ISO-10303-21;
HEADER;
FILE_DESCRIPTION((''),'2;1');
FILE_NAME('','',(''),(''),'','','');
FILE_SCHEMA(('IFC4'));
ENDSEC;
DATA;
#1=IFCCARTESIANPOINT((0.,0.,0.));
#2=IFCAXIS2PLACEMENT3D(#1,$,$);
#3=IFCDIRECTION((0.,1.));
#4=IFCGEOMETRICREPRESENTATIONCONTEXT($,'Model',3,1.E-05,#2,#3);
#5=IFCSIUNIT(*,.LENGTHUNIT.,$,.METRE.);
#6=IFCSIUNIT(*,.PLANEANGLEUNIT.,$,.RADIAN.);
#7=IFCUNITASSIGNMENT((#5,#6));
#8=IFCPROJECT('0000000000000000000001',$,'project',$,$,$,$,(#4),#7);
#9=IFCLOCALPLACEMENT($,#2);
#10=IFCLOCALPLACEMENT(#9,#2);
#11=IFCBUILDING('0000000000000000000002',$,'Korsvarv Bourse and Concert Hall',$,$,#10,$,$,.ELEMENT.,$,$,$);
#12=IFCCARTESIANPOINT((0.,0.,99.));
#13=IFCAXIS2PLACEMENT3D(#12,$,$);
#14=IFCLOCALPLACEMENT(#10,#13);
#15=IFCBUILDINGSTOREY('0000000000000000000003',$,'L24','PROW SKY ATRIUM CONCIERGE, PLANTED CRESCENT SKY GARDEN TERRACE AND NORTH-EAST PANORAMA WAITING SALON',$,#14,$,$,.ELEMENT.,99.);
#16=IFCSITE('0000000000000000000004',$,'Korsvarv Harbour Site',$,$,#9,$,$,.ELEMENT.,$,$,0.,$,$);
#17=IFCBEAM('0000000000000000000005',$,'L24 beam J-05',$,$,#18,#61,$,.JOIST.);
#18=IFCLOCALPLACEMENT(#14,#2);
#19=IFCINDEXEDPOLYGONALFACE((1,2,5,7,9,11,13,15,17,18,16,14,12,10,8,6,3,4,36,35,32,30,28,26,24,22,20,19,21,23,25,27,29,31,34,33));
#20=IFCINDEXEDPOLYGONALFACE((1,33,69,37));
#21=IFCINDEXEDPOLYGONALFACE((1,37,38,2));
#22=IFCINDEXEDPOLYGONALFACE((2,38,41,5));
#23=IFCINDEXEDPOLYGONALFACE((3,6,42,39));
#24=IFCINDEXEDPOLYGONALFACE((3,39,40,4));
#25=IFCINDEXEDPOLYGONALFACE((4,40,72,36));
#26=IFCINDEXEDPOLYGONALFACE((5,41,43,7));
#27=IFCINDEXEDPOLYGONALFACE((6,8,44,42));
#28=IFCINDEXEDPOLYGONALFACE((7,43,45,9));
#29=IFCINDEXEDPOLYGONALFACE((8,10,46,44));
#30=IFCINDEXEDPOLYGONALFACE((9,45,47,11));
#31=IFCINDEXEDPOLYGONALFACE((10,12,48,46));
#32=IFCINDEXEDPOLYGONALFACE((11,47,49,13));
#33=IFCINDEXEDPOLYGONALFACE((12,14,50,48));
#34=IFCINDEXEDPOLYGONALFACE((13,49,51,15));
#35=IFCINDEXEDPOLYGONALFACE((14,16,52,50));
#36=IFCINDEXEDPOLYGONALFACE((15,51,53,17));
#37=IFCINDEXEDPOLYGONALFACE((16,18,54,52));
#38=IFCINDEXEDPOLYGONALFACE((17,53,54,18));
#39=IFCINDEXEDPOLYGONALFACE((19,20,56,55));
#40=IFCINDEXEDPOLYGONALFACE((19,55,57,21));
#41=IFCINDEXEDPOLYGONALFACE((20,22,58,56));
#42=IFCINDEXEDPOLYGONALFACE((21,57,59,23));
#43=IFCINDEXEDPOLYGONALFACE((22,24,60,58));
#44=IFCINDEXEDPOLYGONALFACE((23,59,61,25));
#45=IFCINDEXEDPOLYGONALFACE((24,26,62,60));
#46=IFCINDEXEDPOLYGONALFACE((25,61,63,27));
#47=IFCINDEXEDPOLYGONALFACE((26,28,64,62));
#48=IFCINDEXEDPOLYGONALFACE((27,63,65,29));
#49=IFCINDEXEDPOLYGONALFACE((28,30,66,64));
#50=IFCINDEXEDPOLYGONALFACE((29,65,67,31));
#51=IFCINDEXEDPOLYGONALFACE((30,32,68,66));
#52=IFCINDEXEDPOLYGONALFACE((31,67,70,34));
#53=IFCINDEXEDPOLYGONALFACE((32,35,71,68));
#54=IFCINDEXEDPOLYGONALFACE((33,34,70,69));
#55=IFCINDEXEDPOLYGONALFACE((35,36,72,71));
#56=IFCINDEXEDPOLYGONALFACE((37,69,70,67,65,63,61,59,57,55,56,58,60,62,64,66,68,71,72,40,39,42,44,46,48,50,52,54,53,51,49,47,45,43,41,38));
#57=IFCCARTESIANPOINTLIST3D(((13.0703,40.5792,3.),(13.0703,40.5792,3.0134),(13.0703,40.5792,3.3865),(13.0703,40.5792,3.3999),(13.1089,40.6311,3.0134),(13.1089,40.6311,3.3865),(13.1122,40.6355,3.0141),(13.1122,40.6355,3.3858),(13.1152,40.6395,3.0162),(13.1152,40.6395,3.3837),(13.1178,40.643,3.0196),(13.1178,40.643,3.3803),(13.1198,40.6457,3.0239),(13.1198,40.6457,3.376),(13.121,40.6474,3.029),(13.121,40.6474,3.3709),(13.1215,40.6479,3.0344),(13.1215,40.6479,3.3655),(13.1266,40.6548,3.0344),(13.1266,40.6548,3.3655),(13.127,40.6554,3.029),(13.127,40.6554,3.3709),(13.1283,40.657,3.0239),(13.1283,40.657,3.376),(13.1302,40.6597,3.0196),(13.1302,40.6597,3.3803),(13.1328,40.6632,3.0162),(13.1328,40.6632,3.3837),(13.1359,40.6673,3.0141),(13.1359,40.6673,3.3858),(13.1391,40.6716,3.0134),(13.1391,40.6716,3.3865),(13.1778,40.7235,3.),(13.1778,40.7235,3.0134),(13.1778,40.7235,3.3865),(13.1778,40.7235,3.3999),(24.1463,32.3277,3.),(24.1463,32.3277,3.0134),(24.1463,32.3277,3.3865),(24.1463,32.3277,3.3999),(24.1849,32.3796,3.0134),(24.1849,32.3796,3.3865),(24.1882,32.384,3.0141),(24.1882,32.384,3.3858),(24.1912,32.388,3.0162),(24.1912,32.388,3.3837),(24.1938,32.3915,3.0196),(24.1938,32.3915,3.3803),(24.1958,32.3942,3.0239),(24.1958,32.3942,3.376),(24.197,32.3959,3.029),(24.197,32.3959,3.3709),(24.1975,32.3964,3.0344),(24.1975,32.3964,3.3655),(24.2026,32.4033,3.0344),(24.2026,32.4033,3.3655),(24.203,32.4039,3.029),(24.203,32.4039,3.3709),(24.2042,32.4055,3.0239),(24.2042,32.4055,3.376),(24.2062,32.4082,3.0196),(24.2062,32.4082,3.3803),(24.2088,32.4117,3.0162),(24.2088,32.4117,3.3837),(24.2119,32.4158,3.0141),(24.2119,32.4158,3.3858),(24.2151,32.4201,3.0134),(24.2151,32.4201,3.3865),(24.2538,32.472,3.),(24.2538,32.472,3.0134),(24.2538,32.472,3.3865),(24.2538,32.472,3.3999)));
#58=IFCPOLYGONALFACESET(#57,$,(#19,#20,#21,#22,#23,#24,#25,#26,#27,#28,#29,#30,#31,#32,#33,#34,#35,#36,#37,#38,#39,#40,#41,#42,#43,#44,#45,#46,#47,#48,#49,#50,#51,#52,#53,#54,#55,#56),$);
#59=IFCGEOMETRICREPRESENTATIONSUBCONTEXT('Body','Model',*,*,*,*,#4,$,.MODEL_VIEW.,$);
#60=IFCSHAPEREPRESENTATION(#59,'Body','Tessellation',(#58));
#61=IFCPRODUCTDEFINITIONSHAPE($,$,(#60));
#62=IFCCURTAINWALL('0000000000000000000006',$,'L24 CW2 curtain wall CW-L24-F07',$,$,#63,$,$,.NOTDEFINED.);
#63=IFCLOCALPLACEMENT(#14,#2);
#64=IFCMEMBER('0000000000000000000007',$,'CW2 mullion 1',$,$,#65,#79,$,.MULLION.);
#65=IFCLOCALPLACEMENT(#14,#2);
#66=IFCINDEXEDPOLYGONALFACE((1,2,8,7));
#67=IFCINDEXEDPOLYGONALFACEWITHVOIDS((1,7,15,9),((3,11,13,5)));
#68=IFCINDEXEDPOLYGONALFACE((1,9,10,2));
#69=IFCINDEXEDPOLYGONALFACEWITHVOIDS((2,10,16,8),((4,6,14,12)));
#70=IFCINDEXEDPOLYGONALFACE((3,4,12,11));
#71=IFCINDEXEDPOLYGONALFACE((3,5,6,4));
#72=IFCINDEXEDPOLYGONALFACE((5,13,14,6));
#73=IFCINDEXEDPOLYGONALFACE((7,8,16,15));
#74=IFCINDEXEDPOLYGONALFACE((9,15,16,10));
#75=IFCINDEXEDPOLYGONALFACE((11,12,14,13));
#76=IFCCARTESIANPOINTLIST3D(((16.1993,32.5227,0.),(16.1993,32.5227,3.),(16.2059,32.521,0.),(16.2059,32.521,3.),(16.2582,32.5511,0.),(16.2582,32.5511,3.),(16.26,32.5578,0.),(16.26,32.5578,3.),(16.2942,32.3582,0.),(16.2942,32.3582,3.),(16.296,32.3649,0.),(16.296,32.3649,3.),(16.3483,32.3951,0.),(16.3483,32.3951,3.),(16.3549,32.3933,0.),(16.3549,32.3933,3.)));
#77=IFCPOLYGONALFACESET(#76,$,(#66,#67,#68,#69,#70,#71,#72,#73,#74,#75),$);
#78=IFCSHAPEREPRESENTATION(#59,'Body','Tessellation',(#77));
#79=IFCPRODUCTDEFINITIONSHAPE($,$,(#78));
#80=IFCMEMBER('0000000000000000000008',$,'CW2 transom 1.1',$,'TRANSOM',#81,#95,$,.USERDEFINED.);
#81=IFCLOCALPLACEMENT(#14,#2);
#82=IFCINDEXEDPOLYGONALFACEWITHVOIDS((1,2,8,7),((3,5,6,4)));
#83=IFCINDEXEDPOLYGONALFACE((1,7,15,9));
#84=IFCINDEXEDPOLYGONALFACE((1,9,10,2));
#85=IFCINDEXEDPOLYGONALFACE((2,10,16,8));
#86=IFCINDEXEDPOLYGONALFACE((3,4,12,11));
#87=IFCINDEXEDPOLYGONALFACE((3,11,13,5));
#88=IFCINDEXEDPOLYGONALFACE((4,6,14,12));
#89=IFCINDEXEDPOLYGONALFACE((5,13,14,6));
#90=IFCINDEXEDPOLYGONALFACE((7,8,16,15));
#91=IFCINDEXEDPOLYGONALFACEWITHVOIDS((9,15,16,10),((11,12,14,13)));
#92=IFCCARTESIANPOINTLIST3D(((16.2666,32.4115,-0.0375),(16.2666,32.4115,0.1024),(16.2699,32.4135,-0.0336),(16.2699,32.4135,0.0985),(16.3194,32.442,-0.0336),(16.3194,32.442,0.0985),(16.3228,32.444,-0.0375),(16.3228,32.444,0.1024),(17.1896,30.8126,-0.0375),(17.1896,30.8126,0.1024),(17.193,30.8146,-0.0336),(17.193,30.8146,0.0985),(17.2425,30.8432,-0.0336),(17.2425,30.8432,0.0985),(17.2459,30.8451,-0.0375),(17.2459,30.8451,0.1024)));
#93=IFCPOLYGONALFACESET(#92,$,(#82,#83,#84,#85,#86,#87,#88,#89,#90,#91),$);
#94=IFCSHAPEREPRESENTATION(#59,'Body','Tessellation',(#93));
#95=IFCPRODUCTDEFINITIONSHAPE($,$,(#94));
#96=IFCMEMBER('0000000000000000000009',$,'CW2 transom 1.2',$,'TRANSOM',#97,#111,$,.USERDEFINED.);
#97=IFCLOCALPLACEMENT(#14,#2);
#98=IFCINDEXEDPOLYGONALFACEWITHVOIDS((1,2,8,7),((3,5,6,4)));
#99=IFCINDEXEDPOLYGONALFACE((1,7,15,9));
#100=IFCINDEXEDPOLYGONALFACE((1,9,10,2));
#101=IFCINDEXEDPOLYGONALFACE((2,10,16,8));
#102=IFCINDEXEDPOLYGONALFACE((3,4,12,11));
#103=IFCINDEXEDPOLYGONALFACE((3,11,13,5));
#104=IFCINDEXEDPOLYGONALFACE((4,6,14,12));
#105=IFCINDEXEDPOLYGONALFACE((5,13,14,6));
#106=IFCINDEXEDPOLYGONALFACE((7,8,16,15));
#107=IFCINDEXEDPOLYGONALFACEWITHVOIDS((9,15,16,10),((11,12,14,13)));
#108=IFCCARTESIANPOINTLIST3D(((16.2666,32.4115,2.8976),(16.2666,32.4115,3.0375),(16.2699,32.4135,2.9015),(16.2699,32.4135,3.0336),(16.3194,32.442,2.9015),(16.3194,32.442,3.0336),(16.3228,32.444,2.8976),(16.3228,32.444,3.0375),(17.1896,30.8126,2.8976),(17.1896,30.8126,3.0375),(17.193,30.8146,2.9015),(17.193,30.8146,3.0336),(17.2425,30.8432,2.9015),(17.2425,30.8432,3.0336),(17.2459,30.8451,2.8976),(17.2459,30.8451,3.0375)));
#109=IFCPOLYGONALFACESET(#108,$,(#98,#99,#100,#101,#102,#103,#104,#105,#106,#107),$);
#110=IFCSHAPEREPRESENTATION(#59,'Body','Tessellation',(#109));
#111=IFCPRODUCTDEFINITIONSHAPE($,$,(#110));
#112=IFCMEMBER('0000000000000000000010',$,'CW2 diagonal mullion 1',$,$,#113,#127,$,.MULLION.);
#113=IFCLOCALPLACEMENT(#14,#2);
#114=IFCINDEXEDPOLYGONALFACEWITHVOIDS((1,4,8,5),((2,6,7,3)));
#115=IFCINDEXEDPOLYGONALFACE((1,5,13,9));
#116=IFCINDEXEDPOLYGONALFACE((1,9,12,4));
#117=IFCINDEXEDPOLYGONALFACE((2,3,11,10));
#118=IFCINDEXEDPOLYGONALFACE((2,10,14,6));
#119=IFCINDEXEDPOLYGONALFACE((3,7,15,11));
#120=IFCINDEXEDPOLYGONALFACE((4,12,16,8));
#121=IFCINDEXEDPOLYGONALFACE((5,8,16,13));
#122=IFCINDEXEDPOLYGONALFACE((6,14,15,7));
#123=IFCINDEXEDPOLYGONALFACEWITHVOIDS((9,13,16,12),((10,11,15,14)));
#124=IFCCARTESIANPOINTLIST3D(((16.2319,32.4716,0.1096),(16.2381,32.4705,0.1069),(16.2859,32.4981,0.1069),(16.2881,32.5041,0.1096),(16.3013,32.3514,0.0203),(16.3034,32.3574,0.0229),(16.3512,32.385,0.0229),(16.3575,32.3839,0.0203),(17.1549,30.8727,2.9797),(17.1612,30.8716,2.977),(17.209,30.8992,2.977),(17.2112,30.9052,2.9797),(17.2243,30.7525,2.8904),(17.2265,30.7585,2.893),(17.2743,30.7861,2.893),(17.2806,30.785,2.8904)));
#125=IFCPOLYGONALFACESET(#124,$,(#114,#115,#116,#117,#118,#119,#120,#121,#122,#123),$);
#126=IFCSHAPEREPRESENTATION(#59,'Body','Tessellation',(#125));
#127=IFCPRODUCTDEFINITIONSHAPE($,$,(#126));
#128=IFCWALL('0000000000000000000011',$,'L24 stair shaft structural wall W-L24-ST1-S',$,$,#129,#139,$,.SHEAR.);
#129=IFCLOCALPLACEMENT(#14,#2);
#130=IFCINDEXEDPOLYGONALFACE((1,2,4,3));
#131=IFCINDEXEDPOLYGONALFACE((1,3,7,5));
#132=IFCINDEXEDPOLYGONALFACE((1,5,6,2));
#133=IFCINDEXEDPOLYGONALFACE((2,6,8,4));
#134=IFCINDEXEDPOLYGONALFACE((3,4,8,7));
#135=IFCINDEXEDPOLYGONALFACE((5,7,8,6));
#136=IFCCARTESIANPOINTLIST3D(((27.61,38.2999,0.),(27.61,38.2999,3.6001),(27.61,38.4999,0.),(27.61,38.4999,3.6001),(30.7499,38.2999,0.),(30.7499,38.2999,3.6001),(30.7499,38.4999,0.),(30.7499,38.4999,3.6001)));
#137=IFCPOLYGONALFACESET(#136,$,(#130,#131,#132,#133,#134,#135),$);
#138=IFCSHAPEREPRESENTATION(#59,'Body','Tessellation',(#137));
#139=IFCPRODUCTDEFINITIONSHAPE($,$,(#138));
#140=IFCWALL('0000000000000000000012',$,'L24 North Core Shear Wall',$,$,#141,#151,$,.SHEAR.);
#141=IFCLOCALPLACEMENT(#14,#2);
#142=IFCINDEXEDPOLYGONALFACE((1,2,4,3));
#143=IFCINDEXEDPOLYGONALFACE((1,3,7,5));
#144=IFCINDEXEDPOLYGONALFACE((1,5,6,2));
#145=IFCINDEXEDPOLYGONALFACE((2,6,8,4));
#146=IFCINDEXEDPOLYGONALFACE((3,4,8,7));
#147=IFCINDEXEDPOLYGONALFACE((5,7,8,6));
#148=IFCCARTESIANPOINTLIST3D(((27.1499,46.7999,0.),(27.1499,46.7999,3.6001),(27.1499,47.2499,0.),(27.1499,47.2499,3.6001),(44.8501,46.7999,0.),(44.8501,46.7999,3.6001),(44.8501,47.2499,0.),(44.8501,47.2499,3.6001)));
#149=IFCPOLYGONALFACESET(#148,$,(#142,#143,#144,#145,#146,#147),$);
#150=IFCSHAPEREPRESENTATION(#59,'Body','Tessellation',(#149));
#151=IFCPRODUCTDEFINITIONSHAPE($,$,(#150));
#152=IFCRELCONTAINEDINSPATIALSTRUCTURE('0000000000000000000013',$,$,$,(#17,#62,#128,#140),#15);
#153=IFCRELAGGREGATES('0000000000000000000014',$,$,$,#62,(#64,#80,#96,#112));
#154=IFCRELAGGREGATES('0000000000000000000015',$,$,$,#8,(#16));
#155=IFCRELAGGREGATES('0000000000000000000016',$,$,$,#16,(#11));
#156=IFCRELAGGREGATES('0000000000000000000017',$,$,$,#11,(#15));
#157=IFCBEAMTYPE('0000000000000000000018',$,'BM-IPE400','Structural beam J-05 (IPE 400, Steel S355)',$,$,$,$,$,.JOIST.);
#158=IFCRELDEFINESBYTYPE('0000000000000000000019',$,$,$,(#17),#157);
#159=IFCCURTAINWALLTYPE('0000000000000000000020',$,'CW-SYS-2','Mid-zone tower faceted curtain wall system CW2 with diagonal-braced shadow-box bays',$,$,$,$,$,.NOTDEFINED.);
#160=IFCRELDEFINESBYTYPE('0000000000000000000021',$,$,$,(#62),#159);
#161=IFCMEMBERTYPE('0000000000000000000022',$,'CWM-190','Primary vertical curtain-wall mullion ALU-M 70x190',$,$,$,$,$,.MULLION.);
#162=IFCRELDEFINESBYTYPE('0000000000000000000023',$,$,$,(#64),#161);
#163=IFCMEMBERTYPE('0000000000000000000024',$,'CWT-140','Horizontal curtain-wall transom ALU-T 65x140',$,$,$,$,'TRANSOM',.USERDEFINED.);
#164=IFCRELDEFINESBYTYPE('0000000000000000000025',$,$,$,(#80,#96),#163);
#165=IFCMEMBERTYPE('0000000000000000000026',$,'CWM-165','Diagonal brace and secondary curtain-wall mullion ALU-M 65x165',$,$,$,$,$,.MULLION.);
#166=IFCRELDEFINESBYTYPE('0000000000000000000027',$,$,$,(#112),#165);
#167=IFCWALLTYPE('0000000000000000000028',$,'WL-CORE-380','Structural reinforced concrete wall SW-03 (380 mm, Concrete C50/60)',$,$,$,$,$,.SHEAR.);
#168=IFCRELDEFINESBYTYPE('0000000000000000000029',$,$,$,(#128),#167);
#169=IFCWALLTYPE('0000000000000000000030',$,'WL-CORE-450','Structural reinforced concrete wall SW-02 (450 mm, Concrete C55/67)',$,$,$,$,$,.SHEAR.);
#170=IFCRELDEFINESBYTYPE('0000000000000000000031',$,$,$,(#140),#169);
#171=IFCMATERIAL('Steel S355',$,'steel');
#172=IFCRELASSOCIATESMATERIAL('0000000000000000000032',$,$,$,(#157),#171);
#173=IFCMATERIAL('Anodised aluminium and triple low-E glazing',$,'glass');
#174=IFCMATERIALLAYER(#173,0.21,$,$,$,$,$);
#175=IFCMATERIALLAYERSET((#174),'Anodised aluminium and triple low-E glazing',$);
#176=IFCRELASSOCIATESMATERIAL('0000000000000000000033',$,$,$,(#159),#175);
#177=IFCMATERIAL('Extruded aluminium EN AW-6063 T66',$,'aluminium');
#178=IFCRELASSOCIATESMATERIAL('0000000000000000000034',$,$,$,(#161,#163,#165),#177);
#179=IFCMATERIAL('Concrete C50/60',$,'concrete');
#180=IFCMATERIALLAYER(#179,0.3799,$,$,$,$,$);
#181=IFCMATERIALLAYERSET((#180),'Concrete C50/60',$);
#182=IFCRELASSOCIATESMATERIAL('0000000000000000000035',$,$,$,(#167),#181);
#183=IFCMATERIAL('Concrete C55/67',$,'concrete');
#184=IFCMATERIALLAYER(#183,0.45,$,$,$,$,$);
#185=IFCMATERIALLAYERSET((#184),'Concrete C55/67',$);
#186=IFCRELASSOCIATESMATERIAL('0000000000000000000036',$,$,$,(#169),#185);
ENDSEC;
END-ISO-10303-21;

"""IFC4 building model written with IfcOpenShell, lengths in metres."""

from ifc_helpers import new_model, si_unit, direction, frame, frame_2d, origin, origin_2d, place, context, subcontext, project, spatial, rectangle, hollow_rectangle, i_section, extrude, source, transform, mapped, material, layer, layer_set, material_profile, profile_set, type_object, element, aggregate, save


model = new_model("IFC4")

# Units and contexts
model_context = context("Model", 3, precision=1e-05, world=origin(), true_north=direction((0.0, 1.0)))
body_context = subcontext(model_context, "Body", "Model", "MODEL_VIEW")
ifc_project = project(units=[si_unit("LENGTHUNIT", "METRE"), si_unit("PLANEANGLEUNIT", "RADIAN")], contexts=[model_context])

# Site, building, storey
site_placement = place(None, origin())
site = spatial("IfcSite", under=ifc_project, at=site_placement, Name="Korsvarv Harbour Site", CompositionType="ELEMENT", RefElevation=0.0)
building_placement = place(site_placement, origin())
building = spatial("IfcBuilding", under=site, at=building_placement, Name="Korsvarv Bourse and Concert Hall", CompositionType="ELEMENT")
storey_placement = place(building_placement, frame((0.0, 0.0, 99.0)))
storey = spatial("IfcBuildingStorey", under=building, at=storey_placement, Name="L24", Description="PROW SKY ATRIUM CONCIERGE, PLANTED CRESCENT SKY GARDEN TERRACE AND NORTH-EAST PANORAMA WAITING SALON", CompositionType="ELEMENT", Elevation=99.0)

# Beam
ifc_material_1 = material(Name="Steel S355", Category="steel")
ifc_material_profile_1 = material_profile(ifc_material_1, i_section(OverallWidth=0.1799, OverallDepth=0.3999, WebThickness=0.0085, FlangeThickness=0.0134, FilletRadius=0.021, at=origin_2d()), Name="IPE 400")
ifc_profile_set_1 = profile_set([ifc_material_profile_1], Name="Steel S355")
beam_type_1 = type_object("IfcBeamType", Name="BM-IPE400", Description="Structural beam J-05 (IPE 400, Steel S355)", PredefinedType="JOIST", material=ifc_profile_set_1)
shared_shape_1 = source(origin(), body_context, "Body", "SweptSolid", [
    extrude(i_section(OverallWidth=0.1799, OverallDepth=0.3999, WebThickness=0.0085, FlangeThickness=0.0134, FilletRadius=0.021, at=origin_2d()), origin(), (0.0, 0.0, 1.0), 13.8118),
])
beam_1_placement = place(storey_placement, frame((13.124, 40.6514, 3.2), z_axis=(0.801924, -0.597426, 0.0), x_axis=(0.597426, 0.801924, 0.0)))
element("IfcBeam", 1, at=beam_1_placement, inside=storey, type_object=beam_type_1, Name="L24 beam J-05", PredefinedType="JOIST", context=body_context, shape_type="MappedRepresentation", body=[
    mapped(shared_shape_1, transform((0.0, 0.0, 0.0), scale=1.0)),
])

# Curtain wall, members
ifc_material_2 = material(Name="Anodised aluminium and triple low-E glazing", Category="glass")
ifc_layer_1 = layer(ifc_material_2, 0.21)
ifc_layer_set_1 = layer_set([ifc_layer_1], Name="Anodised aluminium and triple low-E glazing")
curtain_wall_type = type_object("IfcCurtainWallType", Name="CW-SYS-2", Description="Mid-zone tower faceted curtain wall system CW2 with diagonal-braced shadow-box bays", PredefinedType="NOTDEFINED", material=ifc_layer_set_1)
curtain_wall_placement = place(storey_placement, origin())
curtain_wall = element("IfcCurtainWall", 2, at=curtain_wall_placement, inside=storey, type_object=curtain_wall_type, Name="L24 CW2 curtain wall CW-L24-F07", PredefinedType="NOTDEFINED")
ifc_material_3 = material(Name="Extruded aluminium EN AW-6063 T66", Category="aluminium")
ifc_material_profile_2 = material_profile(ifc_material_3, hollow_rectangle(XDim=0.0701, YDim=0.1899, WallThickness=0.0049, at=origin_2d()), Name="ALU-M 70x190")
ifc_profile_set_2 = profile_set([ifc_material_profile_2], Name="Extruded aluminium EN AW-6063 T66")
member_type_1 = type_object("IfcMemberType", Name="CWM-190", Description="Primary vertical curtain-wall mullion ALU-M 70x190", PredefinedType="MULLION", material=ifc_profile_set_2)
shared_shape_2 = source(origin(), body_context, "Body", "SweptSolid", [
    extrude(hollow_rectangle(XDim=0.0701, YDim=0.1899, WallThickness=0.0049, at=origin_2d()), origin(), (0.0, 0.0, 1.0), 3.0),
])
member_1_placement = place(storey_placement, frame((16.2771, 32.458, 0.0), z_axis=(0.0, 0.0, 1.0), x_axis=(0.866024, 0.500002, 0.0)))
member_1 = element("IfcMember", 3, at=member_1_placement, type_object=member_type_1, Name="CW2 mullion 1", PredefinedType="MULLION", context=body_context, shape_type="MappedRepresentation", body=[
    mapped(shared_shape_2, transform((0.0, 0.0, 0.0), scale=1.0)),
])
ifc_material_profile_3 = material_profile(ifc_material_3, hollow_rectangle(XDim=0.0649, YDim=0.1399, WallThickness=0.0039, at=origin_2d()), Name="ALU-T 65x140")
ifc_profile_set_3 = profile_set([ifc_material_profile_3], Name="Extruded aluminium EN AW-6063 T66")
member_type_2 = type_object("IfcMemberType", Name="CWT-140", Description="Horizontal curtain-wall transom ALU-T 65x140", ElementType="TRANSOM", PredefinedType="USERDEFINED", material=ifc_profile_set_3)
shared_shape_3 = source(origin(), body_context, "Body", "SweptSolid", [
    extrude(hollow_rectangle(XDim=0.0649, YDim=0.1399, WallThickness=0.0039, at=origin_2d()), origin(), (0.0, 0.0, 1.0), 1.8462),
])
member_2_placement = place(storey_placement, frame((16.2947, 32.4277, 0.0325), z_axis=(0.499993, -0.866029, 0.0), x_axis=(0.866029, 0.499993, 0.0)))
member_2 = element("IfcMember", 4, at=member_2_placement, type_object=member_type_2, Name="CW2 transom 1.1", ObjectType="TRANSOM", PredefinedType="USERDEFINED", context=body_context, shape_type="MappedRepresentation", body=[
    mapped(shared_shape_3, transform((0.0, 0.0, 0.0), scale=1.0)),
])
member_3_placement = place(storey_placement, frame((16.2947, 32.4277, 2.9675), z_axis=(0.499993, -0.866029, 0.0), x_axis=(0.866029, 0.499993, 0.0)))
member_3 = element("IfcMember", 5, at=member_3_placement, type_object=member_type_2, Name="CW2 transom 1.2", ObjectType="TRANSOM", PredefinedType="USERDEFINED", context=body_context, shape_type="MappedRepresentation", body=[
    mapped(shared_shape_3, transform((0.0, 0.0, 0.0), scale=1.0)),
])
ifc_material_profile_4 = material_profile(ifc_material_3, hollow_rectangle(XDim=0.0649, YDim=0.165, WallThickness=0.0049, at=origin_2d()), Name="ALU-M 65x165")
ifc_profile_set_4 = profile_set([ifc_material_profile_4], Name="Extruded aluminium EN AW-6063 T66")
member_type_3 = type_object("IfcMemberType", Name="CWM-165", Description="Diagonal brace and secondary curtain-wall mullion ALU-M 65x165", PredefinedType="MULLION", material=ifc_profile_set_4)
shared_shape_4 = source(origin(), body_context, "Body", "SweptSolid", [
    extrude(hollow_rectangle(XDim=0.0649, YDim=0.165, WallThickness=0.0049, at=origin_2d()), origin(), (0.0, 0.0, 1.0), 3.4126),
])
member_4_placement = place(storey_placement, frame((16.2947, 32.4277, 0.0649), z_axis=(0.270493, -0.468517, 0.841026), x_axis=(0.866029, 0.499993, 0.0)))
member_4 = element("IfcMember", 6, at=member_4_placement, type_object=member_type_3, Name="CW2 diagonal mullion 1", PredefinedType="MULLION", context=body_context, shape_type="MappedRepresentation", body=[
    mapped(shared_shape_4, transform((0.0, 0.0, 0.0), scale=1.0)),
])
aggregate(curtain_wall, [member_1, member_2, member_3, member_4])

# Walls
ifc_material_4 = material(Name="Concrete C50/60", Category="concrete")
ifc_layer_2 = layer(ifc_material_4, 0.3799)
ifc_layer_set_2 = layer_set([ifc_layer_2], Name="Concrete C50/60")
wall_type_1 = type_object("IfcWallType", Name="WL-CORE-380", Description="Structural reinforced concrete wall SW-03 (380 mm, Concrete C50/60)", PredefinedType="SHEAR", material=ifc_layer_set_2)
wall_1_placement = place(storey_placement, frame((27.6101, 38.3999, 0.0), z_axis=(0.0, 0.0, 1.0), x_axis=(1.0, 0.0, 0.0)))
element("IfcWall", 7, at=wall_1_placement, inside=storey, type_object=wall_type_1, Name="L24 stair shaft structural wall W-L24-ST1-S", PredefinedType="SHEAR", context=body_context, shape_type="SweptSolid", body=[
    extrude(rectangle(XDim=3.1399, YDim=0.2, at=frame_2d((1.5698, 0.0))), origin(), (0.0, 0.0, 1.0), 3.6001),
])
ifc_material_5 = material(Name="Concrete C55/67", Category="concrete")
ifc_layer_3 = layer(ifc_material_5, 0.45)
ifc_layer_set_3 = layer_set([ifc_layer_3], Name="Concrete C55/67")
wall_type_2 = type_object("IfcWallType", Name="WL-CORE-450", Description="Structural reinforced concrete wall SW-02 (450 mm, Concrete C55/67)", PredefinedType="SHEAR", material=ifc_layer_set_3)
wall_2_placement = place(storey_placement, frame((27.1499, 47.0249, 0.0), z_axis=(0.0, 0.0, 1.0), x_axis=(1.0, 0.0, 0.0)))
element("IfcWall", 8, at=wall_2_placement, inside=storey, type_object=wall_type_2, Name="L24 North Core Shear Wall", PredefinedType="SHEAR", context=body_context, shape_type="SweptSolid", body=[
    extrude(rectangle(XDim=17.7002, YDim=0.45, at=frame_2d((8.8501, 0.0))), origin(), (0.0, 0.0, 1.0), 3.6001),
])

save(model, "model.ifc")
